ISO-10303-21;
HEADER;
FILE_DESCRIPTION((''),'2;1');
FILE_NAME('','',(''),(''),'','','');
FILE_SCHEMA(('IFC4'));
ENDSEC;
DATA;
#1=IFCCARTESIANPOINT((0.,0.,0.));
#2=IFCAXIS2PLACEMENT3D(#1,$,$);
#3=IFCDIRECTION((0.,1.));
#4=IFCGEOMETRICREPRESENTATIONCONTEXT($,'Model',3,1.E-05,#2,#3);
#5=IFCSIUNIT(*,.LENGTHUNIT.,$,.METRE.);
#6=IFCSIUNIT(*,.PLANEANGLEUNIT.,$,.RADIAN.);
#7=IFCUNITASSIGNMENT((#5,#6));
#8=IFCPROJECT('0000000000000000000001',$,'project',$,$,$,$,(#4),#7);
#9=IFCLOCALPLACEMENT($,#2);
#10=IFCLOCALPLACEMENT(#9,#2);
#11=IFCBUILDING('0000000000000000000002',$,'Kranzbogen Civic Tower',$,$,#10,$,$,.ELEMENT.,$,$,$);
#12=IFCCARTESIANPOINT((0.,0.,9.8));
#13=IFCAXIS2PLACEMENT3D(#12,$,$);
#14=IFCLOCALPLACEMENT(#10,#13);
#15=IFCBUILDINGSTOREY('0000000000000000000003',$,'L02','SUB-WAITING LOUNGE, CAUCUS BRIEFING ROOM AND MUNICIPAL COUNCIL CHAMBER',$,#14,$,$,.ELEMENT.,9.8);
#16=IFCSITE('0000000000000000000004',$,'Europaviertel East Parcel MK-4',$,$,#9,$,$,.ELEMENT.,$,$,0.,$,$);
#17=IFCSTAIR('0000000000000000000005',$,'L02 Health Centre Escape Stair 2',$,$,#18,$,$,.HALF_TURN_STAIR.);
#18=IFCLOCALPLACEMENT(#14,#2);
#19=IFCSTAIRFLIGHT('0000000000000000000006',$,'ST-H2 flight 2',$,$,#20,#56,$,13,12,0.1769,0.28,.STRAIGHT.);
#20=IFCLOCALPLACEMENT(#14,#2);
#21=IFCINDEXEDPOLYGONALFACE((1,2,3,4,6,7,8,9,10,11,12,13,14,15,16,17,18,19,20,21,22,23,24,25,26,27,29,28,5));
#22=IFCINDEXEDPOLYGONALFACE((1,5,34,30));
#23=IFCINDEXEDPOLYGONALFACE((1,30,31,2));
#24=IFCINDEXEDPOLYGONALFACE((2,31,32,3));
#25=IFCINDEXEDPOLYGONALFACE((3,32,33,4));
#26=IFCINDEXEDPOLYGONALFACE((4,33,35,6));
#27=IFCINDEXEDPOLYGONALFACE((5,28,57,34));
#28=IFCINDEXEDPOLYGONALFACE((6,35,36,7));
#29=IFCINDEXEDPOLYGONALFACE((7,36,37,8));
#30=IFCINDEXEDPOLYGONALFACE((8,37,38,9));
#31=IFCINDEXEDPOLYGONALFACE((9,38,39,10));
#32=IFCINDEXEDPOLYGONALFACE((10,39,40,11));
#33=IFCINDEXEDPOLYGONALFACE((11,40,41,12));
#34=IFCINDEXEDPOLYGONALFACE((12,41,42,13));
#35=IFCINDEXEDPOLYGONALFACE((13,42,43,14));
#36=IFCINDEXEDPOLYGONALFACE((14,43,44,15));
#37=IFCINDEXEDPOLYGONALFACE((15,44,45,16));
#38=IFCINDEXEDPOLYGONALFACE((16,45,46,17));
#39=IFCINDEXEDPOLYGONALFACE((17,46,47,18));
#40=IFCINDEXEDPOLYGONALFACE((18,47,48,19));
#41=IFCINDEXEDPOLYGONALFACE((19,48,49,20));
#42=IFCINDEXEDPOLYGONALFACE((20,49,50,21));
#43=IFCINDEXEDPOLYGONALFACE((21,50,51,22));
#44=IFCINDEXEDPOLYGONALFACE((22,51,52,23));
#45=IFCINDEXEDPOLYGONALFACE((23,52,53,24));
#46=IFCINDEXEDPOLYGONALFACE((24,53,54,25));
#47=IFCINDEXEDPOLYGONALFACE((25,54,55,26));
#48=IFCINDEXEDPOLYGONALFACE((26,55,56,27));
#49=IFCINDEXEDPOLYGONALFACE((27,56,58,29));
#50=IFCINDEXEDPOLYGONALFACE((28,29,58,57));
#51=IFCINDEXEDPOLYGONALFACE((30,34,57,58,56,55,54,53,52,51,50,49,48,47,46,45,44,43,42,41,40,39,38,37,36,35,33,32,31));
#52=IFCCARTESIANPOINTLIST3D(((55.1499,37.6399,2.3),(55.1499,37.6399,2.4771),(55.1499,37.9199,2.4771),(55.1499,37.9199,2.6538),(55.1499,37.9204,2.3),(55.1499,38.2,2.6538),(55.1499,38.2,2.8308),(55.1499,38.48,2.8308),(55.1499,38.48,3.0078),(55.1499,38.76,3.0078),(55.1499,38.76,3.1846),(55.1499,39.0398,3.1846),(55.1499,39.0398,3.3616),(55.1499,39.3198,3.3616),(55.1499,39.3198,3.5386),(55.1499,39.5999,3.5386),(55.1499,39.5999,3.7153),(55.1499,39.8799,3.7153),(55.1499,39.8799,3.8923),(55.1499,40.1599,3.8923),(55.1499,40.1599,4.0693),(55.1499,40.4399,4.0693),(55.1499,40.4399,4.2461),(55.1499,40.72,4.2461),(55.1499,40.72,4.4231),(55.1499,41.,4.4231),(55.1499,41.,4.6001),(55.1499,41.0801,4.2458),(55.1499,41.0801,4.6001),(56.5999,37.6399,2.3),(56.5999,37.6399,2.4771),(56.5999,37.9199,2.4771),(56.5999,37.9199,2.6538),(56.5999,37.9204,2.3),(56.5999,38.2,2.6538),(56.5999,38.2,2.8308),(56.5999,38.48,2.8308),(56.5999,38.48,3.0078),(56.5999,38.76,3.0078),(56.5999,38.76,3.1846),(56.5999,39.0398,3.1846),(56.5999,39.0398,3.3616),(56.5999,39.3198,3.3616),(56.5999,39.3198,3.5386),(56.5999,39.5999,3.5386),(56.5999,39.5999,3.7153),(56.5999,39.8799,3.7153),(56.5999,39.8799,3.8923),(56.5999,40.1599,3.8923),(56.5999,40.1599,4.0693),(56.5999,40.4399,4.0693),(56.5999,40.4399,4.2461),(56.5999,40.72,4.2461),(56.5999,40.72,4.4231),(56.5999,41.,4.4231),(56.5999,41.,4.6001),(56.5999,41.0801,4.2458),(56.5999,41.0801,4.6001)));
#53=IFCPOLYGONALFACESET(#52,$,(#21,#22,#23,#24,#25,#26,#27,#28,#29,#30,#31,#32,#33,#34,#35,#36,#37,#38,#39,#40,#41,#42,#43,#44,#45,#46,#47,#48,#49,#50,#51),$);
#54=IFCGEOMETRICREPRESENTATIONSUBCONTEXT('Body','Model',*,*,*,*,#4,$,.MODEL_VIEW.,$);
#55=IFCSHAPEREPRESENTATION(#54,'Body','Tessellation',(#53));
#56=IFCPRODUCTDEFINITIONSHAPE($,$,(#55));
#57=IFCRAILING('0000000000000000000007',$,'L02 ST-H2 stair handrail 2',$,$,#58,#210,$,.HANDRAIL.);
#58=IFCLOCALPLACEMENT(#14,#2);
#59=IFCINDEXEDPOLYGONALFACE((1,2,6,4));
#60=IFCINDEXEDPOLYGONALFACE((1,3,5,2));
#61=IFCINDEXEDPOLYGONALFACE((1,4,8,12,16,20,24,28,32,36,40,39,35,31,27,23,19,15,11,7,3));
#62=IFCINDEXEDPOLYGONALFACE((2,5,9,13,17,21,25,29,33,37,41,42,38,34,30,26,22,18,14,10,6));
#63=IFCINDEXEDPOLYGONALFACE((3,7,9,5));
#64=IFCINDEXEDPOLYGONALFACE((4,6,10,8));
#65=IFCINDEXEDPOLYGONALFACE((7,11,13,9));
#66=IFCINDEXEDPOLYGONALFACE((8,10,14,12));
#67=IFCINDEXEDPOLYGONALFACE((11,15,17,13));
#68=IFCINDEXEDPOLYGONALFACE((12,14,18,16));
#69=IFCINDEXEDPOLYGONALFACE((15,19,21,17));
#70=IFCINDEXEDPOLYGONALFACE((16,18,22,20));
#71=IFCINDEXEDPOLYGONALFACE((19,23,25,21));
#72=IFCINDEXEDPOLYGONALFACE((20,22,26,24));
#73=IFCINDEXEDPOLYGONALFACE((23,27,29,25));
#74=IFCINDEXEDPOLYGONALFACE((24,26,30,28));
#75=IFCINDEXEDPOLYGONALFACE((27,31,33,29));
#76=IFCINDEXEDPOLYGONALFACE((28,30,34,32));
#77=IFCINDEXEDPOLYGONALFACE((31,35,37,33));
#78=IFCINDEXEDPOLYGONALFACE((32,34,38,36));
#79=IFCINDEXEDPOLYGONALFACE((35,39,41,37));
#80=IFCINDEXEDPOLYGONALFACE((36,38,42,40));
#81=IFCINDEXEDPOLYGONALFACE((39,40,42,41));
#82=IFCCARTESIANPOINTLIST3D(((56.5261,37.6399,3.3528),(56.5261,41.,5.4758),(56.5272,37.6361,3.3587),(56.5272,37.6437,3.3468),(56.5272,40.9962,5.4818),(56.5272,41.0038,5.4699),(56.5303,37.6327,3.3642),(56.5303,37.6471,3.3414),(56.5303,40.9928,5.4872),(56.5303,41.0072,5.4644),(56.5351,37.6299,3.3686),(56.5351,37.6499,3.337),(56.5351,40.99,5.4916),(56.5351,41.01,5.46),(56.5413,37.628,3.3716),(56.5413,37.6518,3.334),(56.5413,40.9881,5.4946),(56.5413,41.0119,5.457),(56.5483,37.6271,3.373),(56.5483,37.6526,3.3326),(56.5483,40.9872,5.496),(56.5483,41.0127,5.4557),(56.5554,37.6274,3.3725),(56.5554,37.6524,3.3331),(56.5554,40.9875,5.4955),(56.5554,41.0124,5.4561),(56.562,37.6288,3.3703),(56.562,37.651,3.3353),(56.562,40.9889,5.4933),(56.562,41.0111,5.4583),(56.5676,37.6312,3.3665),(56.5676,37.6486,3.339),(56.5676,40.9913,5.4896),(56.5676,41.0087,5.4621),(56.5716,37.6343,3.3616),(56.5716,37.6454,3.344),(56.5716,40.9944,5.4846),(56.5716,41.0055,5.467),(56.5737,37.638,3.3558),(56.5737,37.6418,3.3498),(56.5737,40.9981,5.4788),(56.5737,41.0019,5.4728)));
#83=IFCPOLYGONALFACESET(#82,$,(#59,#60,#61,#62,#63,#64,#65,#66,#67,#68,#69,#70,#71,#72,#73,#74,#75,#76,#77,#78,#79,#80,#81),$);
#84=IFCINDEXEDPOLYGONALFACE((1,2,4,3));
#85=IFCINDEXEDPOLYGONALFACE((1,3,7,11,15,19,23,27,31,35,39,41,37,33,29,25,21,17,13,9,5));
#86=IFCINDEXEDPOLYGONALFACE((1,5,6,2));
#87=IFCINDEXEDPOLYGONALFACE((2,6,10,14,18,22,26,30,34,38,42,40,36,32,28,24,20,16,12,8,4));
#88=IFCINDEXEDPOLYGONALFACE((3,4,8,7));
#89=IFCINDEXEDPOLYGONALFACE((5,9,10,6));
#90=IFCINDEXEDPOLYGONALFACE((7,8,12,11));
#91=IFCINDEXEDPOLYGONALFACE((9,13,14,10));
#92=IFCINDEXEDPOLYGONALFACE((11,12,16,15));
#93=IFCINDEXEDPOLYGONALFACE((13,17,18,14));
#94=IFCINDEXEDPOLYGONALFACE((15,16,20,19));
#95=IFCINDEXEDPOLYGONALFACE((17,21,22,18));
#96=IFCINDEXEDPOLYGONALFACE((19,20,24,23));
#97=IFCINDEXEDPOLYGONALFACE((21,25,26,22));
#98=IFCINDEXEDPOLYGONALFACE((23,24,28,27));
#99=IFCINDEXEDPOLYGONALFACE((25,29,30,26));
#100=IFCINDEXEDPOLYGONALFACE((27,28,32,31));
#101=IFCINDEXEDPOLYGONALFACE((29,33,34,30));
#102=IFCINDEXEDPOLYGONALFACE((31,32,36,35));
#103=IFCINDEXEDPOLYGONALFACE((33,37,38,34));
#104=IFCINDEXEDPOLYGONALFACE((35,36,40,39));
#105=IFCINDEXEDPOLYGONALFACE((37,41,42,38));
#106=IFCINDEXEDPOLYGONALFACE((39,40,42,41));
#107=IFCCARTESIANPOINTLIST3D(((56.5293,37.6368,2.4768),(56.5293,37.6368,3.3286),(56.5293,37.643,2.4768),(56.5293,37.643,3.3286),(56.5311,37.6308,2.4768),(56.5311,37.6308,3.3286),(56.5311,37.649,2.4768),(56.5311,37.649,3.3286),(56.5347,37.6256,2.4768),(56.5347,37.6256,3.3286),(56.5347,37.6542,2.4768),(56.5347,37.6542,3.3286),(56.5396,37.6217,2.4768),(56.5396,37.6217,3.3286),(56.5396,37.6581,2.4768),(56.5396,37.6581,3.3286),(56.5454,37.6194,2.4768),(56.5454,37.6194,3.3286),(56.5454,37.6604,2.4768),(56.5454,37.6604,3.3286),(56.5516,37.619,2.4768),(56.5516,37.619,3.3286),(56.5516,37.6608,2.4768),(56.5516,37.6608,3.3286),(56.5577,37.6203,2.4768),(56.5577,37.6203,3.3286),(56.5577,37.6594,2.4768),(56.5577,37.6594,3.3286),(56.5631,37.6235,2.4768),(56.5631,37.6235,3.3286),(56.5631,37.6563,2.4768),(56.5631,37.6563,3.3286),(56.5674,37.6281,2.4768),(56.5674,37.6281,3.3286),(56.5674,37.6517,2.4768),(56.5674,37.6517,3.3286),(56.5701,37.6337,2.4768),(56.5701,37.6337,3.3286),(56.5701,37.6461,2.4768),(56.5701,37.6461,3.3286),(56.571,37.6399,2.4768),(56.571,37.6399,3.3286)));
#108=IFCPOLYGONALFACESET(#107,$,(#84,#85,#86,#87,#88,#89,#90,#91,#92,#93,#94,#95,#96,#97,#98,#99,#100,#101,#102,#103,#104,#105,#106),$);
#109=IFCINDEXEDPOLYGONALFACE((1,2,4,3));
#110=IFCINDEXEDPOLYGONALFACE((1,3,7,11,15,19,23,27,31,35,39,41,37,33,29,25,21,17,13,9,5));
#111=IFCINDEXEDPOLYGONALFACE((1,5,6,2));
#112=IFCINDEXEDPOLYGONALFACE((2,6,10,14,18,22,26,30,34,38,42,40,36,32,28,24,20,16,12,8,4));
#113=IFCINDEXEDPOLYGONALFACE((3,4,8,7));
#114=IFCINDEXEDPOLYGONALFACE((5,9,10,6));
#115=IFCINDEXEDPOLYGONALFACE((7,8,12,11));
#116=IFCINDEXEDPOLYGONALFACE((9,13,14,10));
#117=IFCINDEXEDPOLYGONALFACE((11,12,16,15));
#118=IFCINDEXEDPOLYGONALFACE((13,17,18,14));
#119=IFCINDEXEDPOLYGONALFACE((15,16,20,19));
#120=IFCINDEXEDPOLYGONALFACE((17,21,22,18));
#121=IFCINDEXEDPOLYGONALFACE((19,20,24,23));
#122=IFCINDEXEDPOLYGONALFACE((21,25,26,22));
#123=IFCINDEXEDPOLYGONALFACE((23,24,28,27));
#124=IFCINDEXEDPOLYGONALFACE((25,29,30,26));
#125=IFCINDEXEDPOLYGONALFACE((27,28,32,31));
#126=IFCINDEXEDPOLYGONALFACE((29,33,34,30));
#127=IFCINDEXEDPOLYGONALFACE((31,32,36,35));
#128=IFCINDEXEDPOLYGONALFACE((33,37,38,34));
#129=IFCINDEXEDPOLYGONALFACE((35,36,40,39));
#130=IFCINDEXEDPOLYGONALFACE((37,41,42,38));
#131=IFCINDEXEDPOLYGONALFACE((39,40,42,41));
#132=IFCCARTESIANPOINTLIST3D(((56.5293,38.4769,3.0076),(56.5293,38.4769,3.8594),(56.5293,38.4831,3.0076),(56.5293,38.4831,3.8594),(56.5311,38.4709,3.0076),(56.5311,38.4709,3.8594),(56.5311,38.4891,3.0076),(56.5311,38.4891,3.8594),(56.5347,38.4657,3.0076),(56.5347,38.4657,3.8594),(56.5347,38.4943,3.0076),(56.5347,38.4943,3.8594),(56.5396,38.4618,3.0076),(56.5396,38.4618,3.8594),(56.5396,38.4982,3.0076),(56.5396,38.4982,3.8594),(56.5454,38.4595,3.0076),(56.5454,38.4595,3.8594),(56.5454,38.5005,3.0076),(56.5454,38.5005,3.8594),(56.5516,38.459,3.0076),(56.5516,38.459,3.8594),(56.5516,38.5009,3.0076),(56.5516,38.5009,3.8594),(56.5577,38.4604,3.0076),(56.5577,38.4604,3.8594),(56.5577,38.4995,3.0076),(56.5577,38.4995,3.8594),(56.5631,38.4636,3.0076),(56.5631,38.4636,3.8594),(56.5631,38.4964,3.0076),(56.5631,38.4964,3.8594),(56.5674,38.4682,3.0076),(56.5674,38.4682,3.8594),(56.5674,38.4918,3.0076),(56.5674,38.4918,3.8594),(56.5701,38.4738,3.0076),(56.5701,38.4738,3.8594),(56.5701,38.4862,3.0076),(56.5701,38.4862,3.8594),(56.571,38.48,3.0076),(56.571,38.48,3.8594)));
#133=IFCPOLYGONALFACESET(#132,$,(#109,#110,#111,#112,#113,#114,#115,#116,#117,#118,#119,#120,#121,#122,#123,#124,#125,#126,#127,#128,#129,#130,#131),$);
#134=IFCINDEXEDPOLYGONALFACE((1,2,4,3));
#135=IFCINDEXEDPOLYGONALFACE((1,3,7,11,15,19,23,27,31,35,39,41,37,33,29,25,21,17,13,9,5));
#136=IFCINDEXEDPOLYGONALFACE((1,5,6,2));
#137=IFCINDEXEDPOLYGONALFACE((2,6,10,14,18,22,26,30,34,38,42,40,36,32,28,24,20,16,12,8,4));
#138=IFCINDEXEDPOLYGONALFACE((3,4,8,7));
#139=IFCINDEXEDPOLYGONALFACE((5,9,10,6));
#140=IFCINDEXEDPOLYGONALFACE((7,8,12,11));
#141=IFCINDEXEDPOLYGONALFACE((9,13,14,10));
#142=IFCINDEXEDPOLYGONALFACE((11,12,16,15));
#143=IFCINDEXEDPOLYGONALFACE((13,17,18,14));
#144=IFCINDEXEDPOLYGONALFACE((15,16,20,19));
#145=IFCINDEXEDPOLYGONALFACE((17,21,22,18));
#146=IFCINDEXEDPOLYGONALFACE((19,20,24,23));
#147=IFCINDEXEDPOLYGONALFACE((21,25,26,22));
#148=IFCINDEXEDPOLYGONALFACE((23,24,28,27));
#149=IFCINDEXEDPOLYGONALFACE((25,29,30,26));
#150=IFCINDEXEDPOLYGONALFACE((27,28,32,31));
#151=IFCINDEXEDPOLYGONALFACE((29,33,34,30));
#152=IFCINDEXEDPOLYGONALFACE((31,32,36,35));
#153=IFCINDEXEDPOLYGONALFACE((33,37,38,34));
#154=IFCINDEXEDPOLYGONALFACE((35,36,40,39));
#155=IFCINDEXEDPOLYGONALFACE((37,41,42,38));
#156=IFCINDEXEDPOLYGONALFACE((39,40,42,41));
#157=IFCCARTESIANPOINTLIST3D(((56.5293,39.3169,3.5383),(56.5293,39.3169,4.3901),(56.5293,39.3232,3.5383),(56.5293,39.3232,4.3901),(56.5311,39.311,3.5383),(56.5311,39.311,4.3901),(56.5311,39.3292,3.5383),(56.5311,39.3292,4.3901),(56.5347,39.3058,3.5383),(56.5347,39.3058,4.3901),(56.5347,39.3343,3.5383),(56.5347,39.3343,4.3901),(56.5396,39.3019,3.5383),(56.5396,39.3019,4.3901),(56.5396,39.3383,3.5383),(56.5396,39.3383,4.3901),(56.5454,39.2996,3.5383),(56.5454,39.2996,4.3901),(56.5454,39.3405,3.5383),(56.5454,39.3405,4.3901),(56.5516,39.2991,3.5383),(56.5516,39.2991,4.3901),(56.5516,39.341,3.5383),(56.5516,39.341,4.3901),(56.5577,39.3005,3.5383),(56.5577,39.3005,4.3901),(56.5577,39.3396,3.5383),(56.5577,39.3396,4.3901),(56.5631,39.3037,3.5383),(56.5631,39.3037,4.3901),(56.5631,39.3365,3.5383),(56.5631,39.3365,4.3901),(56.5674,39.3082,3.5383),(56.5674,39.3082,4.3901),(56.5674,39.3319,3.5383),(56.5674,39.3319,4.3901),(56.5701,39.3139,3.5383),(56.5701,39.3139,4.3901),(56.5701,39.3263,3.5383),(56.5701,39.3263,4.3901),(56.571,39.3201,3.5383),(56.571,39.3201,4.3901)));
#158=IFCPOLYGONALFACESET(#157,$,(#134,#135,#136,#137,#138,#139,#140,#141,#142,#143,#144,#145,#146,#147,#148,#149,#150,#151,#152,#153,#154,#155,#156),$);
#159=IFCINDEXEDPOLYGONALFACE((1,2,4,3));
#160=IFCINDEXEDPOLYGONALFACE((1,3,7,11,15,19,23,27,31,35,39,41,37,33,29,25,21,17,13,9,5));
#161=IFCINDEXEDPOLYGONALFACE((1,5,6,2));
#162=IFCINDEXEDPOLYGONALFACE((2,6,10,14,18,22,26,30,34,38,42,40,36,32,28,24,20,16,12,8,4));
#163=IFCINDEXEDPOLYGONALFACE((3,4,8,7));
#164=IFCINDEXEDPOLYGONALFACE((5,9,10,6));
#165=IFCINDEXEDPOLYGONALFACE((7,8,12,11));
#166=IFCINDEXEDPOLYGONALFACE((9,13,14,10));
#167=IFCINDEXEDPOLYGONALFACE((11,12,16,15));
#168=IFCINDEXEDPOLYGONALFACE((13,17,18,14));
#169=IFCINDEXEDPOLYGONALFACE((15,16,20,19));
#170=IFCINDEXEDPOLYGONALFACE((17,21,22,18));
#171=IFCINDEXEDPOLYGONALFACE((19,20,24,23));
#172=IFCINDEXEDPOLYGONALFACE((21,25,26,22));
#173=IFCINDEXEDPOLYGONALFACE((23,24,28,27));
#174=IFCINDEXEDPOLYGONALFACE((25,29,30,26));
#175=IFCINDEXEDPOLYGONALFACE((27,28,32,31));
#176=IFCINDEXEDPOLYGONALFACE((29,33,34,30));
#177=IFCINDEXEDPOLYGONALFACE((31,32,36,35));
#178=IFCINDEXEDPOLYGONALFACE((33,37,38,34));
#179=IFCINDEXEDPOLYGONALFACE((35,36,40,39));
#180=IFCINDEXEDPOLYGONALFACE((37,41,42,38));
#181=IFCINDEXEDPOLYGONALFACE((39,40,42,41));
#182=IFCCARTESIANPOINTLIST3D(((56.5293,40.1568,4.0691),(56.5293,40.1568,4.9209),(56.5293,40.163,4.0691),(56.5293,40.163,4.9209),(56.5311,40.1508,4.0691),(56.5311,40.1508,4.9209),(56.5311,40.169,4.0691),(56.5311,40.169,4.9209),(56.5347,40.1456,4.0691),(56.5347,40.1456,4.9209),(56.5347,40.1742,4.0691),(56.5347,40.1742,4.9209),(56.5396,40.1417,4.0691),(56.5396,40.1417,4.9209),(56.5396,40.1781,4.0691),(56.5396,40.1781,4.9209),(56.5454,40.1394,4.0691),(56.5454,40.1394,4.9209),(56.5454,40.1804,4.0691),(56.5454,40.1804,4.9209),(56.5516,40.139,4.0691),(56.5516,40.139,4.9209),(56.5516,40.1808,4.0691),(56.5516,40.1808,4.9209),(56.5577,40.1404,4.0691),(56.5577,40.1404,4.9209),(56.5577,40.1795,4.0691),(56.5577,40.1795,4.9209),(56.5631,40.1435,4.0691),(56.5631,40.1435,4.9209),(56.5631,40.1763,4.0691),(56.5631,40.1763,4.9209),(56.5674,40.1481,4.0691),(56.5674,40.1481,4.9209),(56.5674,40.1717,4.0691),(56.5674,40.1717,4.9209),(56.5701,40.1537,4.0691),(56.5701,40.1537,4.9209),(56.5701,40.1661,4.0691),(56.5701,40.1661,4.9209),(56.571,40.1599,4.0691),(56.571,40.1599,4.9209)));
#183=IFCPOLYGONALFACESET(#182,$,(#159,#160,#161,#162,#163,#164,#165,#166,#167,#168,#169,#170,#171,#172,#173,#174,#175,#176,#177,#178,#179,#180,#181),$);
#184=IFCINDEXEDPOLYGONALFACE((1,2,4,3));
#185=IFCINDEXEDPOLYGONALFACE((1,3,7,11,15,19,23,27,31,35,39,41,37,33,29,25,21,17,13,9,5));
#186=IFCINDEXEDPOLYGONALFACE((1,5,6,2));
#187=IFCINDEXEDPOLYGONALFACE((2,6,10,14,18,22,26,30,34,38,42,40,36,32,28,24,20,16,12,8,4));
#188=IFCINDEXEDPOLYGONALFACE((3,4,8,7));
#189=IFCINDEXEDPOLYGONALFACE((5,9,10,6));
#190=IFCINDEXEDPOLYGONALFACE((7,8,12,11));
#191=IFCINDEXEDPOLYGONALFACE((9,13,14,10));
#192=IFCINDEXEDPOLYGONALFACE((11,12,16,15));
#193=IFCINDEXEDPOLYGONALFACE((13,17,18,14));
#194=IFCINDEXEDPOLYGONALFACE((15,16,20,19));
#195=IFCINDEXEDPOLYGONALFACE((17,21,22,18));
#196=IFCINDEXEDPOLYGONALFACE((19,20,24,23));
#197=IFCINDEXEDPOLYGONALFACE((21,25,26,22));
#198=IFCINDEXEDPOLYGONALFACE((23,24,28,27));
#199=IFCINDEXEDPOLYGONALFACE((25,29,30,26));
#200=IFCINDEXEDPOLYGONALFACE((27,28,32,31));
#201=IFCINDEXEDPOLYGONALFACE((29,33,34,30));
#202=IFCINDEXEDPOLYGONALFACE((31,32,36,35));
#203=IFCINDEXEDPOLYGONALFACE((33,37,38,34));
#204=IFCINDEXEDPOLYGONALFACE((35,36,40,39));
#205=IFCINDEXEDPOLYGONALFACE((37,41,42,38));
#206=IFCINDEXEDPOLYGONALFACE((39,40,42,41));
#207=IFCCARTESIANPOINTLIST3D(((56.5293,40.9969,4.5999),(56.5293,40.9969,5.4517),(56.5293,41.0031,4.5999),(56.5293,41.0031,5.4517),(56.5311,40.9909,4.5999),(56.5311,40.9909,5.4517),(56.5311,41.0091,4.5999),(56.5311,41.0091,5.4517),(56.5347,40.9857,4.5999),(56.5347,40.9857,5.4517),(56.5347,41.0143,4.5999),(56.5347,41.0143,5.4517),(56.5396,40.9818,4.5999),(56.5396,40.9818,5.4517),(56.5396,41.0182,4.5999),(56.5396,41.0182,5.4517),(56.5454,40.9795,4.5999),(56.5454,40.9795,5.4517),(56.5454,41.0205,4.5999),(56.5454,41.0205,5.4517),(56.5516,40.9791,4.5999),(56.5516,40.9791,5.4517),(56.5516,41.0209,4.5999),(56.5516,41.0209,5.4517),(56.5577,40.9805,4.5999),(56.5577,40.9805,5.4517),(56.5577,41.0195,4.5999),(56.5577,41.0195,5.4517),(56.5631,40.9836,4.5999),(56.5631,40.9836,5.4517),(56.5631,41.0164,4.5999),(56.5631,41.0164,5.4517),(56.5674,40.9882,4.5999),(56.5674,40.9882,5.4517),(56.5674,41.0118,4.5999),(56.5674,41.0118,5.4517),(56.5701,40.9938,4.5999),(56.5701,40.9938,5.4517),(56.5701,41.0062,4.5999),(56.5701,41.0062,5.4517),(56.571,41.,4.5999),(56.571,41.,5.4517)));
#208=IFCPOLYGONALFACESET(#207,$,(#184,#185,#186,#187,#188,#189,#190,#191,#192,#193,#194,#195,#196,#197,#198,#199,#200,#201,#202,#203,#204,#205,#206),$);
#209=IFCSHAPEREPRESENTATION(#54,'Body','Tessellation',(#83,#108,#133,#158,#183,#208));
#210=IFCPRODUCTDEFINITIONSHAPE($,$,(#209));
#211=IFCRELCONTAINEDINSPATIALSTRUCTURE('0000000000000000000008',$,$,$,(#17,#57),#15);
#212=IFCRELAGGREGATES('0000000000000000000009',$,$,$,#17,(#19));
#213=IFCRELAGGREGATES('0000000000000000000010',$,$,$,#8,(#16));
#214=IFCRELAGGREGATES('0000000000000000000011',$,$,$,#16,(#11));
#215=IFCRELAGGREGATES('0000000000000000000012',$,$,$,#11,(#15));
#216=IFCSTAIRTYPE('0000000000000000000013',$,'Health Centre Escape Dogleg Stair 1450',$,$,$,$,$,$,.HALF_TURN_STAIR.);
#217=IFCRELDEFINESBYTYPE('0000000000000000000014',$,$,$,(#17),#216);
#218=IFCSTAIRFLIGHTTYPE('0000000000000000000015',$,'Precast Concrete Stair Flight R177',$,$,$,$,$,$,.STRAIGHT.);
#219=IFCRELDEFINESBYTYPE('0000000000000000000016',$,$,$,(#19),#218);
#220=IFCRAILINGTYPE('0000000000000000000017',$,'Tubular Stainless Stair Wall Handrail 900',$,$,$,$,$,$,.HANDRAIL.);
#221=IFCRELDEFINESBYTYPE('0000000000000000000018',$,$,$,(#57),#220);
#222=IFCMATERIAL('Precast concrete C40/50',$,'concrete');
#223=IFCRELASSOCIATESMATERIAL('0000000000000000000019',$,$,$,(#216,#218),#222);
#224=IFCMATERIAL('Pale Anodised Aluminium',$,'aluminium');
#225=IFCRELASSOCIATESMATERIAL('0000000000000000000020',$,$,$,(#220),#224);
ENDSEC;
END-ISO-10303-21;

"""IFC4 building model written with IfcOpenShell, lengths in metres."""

from ifc_helpers import new_model, si_unit, direction, frame, origin, origin_2d, place, context, subcontext, project, spatial, polyline, circle, outline, extrude, material, type_object, element, aggregate, save


model = new_model("IFC4")

# Units and contexts
model_context = context("Model", 3, precision=1e-05, world=origin(), true_north=direction((0.0, 1.0)))
body_context = subcontext(model_context, "Body", "Model", "MODEL_VIEW")
ifc_project = project(units=[si_unit("LENGTHUNIT", "METRE"), si_unit("PLANEANGLEUNIT", "RADIAN")], contexts=[model_context])

# Site, building, storey
site_placement = place(None, origin())
site = spatial("IfcSite", under=ifc_project, at=site_placement, Name="Europaviertel East Parcel MK-4", CompositionType="ELEMENT", RefElevation=0.0)
building_placement = place(site_placement, origin())
building = spatial("IfcBuilding", under=site, at=building_placement, Name="Kranzbogen Civic Tower", CompositionType="ELEMENT")
storey_placement = place(building_placement, frame((0.0, 0.0, 9.8)))
storey = spatial("IfcBuildingStorey", under=building, at=storey_placement, Name="L02", Description="SUB-WAITING LOUNGE, CAUCUS BRIEFING ROOM AND MUNICIPAL COUNCIL CHAMBER", CompositionType="ELEMENT", Elevation=9.8)

# Shared definitions
ifc_material_1 = material(Name="Pale Anodised Aluminium", Category="aluminium")

# Stair, stair flight
ifc_material_2 = material(Name="Precast concrete C40/50", Category="concrete")
stair_type = type_object("IfcStairType", Name="Health Centre Escape Dogleg Stair 1450", PredefinedType="HALF_TURN_STAIR", material=ifc_material_2)
stair_placement = place(storey_placement, origin())
stair = element("IfcStair", 1, at=stair_placement, inside=storey, type_object=stair_type, Name="L02 Health Centre Escape Stair 2", PredefinedType="HALF_TURN_STAIR")
stair_flight_type = type_object("IfcStairFlightType", Name="Precast Concrete Stair Flight R177", PredefinedType="STRAIGHT", material=ifc_material_2)
stair_flight_placement = place(storey_placement, frame((55.875, 37.6399, 2.3), z_axis=(0.0, 0.0, 1.0), x_axis=(0.0, 1.0, 0.0)))
stair_flight = element("IfcStairFlight", 2, at=stair_flight_placement, type_object=stair_flight_type, Name="ST-H2 flight 2", NumberOfRisers=13, NumberOfTreads=12, PredefinedType="STRAIGHT", RiserHeight=0.1769, TreadLength=0.28, context=body_context, shape_type="SweptSolid", body=[
    extrude(outline(polyline([(0.0, 0.0), (0.0, 0.177), (0.28, 0.177), (0.28, 0.3538), (0.5601, 0.3538), (0.5601, 0.5308), (0.8401, 0.5308), (0.8401, 0.7078), (1.1201, 0.7078), (1.1201, 0.8845), (1.3999, 0.8845), (1.3999, 1.0615), (1.6799, 1.0615), (1.6799, 1.2385), (1.96, 1.2385), (1.96, 1.4153), (2.24, 1.4153), (2.24, 1.5923), (2.52, 1.5923), (2.52, 1.7693), (2.8, 1.7693), (2.8, 1.946), (3.0801, 1.946), (3.0801, 2.123), (3.3601, 2.123), (3.3601, 2.3), (3.4402, 2.3), (3.4402, 1.9458), (0.2805, 0.0), (0.0, 0.0)])), frame((0.0, 0.7251, 0.0), z_axis=(0.0, -1.0, 0.0), x_axis=(1.0, 0.0, 0.0)), (0.0, 0.0, 1.0), 1.45),
])
aggregate(stair, [stair_flight])

# Railing
railing_type = type_object("IfcRailingType", Name="Tubular Stainless Stair Wall Handrail 900", PredefinedType="HANDRAIL", material=ifc_material_1)
railing_placement = place(storey_placement, frame((56.55, 37.6399, 2.4768)))
element("IfcRailing", 3, at=railing_placement, inside=storey, type_object=railing_type, Name="L02 ST-H2 stair handrail 2", PredefinedType="HANDRAIL", context=body_context, shape_type="SweptSolid", body=[
    extrude(circle(Radius=0.0239, at=origin_2d()), frame((0.0, 0.0, 0.876), z_axis=(0.0, 0.84539, 0.53415), x_axis=(-1.0, 0.0, 0.0)), (0.0, 0.0, 1.0), 3.9746),
    extrude(circle(Radius=0.021, at=origin_2d()), origin(), (0.0, 0.0, 1.0), 0.8518),
    extrude(circle(Radius=0.021, at=origin_2d()), frame((0.0, 0.8401, 0.5308)), (0.0, 0.0, 1.0), 0.8518),
    extrude(circle(Radius=0.021, at=origin_2d()), frame((0.0, 1.6802, 1.0615)), (0.0, 0.0, 1.0), 0.8518),
    extrude(circle(Radius=0.021, at=origin_2d()), frame((0.0, 2.52, 1.5923)), (0.0, 0.0, 1.0), 0.8518),
    extrude(circle(Radius=0.021, at=origin_2d()), frame((0.0, 3.3601, 2.123)), (0.0, 0.0, 1.0), 0.8518),
])

save(model, "model.ifc")
